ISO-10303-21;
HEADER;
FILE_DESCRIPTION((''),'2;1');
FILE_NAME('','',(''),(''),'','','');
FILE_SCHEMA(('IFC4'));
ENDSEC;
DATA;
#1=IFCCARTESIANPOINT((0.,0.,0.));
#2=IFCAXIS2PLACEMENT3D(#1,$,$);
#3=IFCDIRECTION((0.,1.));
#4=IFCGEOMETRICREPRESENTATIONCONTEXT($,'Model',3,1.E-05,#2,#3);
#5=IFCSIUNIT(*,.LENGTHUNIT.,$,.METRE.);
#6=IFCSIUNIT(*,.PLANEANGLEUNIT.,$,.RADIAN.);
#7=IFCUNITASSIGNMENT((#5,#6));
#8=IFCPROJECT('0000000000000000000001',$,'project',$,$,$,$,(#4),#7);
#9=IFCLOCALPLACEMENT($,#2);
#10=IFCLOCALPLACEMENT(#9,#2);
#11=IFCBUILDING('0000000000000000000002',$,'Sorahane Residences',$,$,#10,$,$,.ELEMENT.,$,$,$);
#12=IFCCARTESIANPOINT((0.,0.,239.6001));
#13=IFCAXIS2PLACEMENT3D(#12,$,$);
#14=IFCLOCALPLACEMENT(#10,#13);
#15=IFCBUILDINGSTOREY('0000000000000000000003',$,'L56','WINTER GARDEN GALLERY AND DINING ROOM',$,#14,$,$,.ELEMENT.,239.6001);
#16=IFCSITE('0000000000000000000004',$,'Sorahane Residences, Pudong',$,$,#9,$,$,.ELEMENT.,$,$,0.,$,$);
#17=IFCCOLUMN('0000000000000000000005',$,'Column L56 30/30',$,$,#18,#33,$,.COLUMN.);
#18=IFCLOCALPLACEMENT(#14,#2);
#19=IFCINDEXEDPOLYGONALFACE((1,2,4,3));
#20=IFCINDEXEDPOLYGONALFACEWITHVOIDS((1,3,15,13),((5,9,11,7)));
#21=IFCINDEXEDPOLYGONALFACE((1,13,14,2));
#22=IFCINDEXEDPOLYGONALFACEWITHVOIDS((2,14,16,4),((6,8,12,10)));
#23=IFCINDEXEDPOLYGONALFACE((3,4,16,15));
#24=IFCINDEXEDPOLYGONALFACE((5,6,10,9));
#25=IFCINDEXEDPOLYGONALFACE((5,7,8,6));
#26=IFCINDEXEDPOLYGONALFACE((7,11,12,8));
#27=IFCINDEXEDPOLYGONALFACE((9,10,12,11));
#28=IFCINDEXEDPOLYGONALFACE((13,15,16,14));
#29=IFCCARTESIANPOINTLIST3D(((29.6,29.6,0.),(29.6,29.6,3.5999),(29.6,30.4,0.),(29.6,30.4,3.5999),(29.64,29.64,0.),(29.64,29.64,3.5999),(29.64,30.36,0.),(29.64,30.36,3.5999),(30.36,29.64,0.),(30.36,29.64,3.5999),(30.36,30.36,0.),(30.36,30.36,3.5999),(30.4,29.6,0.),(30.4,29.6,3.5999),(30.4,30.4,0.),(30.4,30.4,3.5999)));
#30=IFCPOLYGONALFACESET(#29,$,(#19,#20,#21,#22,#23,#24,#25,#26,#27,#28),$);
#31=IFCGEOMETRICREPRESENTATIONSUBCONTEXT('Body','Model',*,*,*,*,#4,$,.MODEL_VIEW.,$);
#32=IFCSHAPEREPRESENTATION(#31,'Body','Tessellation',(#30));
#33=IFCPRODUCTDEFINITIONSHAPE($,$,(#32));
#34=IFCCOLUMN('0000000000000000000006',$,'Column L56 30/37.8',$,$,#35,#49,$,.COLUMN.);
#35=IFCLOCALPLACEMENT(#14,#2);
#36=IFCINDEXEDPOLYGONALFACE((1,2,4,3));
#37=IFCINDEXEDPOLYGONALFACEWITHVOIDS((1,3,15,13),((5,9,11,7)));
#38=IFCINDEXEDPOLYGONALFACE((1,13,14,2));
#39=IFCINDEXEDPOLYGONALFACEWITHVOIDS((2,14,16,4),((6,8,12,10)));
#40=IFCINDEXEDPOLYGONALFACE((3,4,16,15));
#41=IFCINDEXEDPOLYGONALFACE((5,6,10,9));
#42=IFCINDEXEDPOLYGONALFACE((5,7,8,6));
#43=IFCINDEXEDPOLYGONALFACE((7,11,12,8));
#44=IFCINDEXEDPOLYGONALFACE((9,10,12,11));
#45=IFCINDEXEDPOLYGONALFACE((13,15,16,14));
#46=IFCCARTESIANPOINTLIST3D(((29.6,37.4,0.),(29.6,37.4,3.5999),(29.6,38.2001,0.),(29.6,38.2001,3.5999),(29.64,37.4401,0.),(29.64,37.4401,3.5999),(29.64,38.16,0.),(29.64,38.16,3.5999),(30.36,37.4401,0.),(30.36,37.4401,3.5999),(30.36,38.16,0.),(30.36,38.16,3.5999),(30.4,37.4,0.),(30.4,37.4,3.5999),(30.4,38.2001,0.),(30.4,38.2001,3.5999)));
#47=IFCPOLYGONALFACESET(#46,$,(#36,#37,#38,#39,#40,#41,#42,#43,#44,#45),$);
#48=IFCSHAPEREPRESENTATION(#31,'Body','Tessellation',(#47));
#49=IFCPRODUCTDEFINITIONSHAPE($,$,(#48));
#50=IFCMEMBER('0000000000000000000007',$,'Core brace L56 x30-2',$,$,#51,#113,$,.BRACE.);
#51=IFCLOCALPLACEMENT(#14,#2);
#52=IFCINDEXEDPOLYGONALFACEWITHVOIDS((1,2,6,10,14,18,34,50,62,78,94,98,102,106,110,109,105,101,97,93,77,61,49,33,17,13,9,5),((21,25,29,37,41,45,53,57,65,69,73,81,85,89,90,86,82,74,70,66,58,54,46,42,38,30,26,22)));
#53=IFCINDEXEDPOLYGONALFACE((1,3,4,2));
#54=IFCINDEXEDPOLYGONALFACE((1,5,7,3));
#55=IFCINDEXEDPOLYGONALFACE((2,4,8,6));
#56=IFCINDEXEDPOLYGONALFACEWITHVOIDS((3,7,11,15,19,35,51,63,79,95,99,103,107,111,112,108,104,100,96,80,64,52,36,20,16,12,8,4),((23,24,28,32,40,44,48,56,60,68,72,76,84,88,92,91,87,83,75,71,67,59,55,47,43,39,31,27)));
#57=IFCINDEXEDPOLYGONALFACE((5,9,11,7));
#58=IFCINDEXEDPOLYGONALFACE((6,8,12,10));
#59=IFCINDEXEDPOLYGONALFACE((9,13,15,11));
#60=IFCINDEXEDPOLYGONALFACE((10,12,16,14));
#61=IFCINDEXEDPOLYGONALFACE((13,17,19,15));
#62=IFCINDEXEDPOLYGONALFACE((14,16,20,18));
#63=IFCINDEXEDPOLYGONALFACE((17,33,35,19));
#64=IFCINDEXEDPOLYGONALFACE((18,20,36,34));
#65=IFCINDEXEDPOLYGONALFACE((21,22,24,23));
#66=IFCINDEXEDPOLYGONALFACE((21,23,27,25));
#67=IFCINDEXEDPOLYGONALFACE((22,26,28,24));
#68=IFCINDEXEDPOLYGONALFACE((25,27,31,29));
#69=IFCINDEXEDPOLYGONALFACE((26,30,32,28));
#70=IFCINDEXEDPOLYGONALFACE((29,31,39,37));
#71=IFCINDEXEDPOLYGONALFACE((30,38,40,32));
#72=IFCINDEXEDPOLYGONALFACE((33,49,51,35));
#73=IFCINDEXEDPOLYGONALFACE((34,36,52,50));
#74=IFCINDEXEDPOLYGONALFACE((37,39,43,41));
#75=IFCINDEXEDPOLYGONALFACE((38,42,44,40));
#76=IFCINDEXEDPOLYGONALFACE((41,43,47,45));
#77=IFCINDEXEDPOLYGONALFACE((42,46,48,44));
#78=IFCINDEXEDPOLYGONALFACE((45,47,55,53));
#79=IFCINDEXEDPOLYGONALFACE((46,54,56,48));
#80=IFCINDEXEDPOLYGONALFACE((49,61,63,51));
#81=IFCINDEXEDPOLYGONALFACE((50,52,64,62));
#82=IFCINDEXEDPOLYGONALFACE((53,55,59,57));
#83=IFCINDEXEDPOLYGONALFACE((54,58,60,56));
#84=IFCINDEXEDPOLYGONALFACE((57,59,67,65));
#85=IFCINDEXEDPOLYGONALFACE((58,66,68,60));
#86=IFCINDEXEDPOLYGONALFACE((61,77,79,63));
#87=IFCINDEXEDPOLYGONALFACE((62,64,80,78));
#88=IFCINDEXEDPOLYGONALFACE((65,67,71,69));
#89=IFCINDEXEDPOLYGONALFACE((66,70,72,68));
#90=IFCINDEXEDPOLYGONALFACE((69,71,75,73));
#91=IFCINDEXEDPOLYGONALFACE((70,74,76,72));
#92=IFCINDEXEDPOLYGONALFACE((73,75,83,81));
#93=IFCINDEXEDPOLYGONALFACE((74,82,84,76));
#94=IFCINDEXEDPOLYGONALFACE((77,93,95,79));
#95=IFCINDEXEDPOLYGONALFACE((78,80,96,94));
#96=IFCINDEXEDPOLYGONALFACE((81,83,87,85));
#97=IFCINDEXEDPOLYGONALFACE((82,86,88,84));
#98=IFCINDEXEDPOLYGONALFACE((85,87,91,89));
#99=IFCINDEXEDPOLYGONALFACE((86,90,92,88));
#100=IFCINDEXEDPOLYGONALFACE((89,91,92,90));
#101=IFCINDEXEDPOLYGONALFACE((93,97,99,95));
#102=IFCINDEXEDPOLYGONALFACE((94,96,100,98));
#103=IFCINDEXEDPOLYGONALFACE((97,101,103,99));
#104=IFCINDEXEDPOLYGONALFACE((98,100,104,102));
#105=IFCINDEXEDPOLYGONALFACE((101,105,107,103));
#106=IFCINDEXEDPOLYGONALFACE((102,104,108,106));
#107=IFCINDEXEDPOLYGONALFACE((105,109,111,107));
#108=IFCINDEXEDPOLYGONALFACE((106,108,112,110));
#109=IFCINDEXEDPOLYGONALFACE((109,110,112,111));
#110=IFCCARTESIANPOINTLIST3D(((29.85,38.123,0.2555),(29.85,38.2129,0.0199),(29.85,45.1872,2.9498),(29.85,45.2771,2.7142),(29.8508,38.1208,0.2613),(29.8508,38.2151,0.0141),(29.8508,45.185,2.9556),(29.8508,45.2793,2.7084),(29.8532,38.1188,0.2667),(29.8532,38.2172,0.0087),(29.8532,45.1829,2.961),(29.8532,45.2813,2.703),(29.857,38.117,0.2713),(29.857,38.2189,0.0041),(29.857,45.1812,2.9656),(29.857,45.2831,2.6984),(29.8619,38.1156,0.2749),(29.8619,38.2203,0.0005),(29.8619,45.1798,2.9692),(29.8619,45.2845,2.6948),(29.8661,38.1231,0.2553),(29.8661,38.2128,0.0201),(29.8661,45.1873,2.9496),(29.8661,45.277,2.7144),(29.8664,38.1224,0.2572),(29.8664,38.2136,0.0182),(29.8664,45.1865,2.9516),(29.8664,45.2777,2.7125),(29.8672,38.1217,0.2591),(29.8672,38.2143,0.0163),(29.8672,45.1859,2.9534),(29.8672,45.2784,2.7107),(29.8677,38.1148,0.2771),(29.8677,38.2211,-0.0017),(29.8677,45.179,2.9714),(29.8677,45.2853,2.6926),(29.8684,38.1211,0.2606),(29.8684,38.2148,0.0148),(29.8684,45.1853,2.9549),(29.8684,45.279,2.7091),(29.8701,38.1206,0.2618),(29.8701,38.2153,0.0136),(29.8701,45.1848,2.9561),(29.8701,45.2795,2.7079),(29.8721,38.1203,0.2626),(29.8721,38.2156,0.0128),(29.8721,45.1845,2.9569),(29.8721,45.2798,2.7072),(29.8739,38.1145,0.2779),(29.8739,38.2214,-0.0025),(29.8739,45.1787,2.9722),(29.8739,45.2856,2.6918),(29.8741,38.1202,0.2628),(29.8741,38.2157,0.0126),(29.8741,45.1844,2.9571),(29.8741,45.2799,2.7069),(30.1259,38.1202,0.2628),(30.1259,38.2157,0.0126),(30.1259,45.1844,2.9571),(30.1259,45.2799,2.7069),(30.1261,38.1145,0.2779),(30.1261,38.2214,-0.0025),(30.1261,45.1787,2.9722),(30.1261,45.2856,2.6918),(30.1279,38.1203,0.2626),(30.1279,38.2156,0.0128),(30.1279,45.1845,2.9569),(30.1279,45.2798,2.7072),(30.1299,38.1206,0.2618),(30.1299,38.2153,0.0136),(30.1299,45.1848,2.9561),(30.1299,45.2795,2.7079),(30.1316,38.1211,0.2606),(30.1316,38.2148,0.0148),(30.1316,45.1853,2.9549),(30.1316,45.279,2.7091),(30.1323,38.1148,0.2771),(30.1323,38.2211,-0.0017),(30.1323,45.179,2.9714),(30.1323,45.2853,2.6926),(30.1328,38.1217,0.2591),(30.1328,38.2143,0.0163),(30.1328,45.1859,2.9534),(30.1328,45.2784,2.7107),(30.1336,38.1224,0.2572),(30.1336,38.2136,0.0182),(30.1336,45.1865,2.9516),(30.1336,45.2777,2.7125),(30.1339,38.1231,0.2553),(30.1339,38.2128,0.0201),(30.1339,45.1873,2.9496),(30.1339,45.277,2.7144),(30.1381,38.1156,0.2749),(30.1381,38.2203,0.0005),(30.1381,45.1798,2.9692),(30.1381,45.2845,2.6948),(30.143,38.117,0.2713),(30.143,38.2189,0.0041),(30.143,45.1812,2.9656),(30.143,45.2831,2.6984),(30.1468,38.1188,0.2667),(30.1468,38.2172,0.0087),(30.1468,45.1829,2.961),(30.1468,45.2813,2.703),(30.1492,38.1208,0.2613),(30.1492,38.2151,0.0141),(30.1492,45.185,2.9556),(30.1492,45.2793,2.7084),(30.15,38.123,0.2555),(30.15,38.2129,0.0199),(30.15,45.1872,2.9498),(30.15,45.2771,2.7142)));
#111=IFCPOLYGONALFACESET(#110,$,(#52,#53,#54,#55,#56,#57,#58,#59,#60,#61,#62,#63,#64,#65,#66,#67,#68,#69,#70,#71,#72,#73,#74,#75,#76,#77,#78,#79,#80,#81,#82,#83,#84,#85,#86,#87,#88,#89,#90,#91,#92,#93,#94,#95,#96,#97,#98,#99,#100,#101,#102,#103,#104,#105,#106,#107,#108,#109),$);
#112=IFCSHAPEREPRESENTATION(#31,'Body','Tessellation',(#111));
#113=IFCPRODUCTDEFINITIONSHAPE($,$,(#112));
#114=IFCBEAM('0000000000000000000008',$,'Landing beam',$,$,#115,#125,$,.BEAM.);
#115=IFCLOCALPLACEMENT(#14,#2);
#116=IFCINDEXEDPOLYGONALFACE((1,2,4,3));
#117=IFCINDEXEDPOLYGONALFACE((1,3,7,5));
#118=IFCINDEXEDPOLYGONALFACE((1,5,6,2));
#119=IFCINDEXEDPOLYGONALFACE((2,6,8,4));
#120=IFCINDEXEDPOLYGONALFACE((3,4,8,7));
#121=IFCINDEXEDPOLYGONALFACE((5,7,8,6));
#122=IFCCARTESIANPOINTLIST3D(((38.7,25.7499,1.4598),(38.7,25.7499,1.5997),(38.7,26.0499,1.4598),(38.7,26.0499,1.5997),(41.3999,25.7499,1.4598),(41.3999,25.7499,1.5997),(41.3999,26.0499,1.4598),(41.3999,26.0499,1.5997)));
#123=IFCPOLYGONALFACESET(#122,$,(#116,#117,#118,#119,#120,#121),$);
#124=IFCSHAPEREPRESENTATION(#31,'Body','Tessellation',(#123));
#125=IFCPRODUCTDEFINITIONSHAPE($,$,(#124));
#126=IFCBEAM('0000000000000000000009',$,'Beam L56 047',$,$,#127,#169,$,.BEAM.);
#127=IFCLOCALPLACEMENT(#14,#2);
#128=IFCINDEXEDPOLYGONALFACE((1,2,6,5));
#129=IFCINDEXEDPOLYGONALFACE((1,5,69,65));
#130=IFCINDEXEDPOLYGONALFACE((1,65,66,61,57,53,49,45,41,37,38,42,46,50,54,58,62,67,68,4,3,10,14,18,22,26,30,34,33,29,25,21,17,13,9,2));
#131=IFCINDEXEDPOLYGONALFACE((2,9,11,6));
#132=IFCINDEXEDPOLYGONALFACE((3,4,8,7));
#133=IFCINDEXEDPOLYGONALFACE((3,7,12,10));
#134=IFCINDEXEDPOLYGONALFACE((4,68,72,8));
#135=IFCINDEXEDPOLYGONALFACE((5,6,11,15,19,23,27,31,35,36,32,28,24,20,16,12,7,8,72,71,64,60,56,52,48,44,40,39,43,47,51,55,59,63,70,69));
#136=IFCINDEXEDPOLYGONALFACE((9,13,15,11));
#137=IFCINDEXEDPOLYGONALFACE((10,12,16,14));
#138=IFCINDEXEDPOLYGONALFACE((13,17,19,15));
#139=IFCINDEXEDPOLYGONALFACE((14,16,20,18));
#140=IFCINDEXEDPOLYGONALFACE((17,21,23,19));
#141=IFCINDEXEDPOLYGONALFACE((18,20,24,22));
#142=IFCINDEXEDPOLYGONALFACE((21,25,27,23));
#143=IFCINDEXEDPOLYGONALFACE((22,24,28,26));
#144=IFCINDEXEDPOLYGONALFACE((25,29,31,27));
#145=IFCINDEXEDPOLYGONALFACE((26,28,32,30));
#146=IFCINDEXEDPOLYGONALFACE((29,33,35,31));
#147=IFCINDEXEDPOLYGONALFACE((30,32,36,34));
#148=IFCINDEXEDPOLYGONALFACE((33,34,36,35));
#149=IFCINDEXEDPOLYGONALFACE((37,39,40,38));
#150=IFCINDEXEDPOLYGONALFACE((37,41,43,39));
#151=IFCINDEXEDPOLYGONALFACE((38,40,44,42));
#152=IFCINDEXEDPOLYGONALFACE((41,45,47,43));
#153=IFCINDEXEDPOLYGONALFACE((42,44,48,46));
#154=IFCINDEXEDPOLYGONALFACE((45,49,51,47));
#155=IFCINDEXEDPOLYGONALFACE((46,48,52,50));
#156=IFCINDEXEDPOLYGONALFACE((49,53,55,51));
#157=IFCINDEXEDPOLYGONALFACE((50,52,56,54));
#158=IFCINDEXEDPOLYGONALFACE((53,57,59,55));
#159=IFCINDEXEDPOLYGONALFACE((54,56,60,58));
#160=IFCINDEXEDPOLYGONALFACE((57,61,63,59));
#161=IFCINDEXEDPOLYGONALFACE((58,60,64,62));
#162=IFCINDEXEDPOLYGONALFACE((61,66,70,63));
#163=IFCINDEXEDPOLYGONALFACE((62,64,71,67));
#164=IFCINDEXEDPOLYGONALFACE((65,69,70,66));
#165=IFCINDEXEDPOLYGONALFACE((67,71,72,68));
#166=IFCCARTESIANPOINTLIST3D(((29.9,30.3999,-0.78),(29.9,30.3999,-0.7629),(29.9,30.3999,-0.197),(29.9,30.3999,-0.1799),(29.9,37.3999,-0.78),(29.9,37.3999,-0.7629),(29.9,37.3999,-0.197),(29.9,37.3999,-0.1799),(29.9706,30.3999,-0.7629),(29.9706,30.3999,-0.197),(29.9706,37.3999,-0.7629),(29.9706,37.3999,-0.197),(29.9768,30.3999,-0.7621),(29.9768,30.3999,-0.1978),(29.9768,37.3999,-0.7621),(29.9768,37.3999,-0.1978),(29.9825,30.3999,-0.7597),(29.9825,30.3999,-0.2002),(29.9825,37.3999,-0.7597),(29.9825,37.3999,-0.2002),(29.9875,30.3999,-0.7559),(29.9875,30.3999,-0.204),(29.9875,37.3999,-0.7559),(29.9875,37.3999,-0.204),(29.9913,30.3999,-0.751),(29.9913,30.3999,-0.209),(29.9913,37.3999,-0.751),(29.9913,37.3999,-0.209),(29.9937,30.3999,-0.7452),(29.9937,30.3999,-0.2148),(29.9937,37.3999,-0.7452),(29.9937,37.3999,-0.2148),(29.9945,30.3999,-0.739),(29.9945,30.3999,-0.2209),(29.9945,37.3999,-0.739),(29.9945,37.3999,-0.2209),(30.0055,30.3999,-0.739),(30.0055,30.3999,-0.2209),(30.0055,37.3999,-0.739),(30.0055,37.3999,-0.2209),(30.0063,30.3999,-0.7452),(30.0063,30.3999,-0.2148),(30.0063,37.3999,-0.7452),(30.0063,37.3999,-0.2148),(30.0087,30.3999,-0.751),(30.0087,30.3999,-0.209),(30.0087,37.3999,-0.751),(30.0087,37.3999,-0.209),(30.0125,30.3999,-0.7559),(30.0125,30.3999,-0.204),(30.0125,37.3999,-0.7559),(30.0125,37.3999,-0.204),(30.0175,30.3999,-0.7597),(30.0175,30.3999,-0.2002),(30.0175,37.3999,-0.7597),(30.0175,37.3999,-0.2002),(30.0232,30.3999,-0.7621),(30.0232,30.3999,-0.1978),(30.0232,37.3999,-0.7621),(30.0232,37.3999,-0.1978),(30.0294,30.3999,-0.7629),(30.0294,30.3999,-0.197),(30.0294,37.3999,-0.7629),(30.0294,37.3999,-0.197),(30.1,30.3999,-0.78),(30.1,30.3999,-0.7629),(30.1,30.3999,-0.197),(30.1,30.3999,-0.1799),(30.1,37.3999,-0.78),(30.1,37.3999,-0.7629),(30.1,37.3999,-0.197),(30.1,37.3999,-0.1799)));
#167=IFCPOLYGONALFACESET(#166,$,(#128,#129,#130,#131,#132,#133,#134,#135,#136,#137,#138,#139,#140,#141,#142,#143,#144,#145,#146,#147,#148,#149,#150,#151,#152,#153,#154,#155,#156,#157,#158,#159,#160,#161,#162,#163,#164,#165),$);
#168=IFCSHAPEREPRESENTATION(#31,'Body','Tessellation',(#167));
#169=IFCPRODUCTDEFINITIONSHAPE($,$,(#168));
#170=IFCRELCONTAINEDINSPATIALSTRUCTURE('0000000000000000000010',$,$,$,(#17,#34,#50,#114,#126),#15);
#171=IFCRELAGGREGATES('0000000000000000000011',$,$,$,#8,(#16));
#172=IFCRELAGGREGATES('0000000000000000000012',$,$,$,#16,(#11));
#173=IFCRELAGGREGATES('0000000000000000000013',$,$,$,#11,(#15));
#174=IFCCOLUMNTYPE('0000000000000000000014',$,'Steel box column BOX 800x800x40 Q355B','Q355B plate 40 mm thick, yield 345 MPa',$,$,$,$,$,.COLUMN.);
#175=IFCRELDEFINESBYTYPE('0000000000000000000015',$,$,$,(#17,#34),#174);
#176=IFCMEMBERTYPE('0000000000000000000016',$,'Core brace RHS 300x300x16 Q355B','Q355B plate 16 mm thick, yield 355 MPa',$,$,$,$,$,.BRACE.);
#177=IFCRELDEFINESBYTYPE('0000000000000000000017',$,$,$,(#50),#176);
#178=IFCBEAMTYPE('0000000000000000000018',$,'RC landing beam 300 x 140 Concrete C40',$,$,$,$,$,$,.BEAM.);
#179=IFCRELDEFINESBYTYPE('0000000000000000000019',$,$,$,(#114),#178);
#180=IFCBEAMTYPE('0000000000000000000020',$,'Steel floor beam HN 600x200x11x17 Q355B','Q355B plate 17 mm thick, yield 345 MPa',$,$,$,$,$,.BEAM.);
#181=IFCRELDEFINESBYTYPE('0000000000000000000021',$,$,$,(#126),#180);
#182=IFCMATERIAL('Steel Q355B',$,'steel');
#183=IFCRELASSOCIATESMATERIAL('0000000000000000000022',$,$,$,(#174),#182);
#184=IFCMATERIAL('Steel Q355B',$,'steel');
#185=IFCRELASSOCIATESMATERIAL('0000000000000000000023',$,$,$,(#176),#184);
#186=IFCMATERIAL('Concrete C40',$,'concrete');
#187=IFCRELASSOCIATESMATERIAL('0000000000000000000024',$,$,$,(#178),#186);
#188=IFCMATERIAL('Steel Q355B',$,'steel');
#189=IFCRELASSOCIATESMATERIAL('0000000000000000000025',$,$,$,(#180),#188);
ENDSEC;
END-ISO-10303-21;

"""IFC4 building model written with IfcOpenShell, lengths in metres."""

from ifc_helpers import new_model, si_unit, direction, frame, origin, origin_2d, place, context, subcontext, project, spatial, rectangle, hollow_rectangle, i_section, extrude, material, material_profile, profile_set, type_object, element, save


model = new_model("IFC4")

# Units and contexts
model_context = context("Model", 3, precision=1e-05, world=origin(), true_north=direction((0.0, 1.0)))
body_context = subcontext(model_context, "Body", "Model", "MODEL_VIEW")
ifc_project = project(units=[si_unit("LENGTHUNIT", "METRE"), si_unit("PLANEANGLEUNIT", "RADIAN")], contexts=[model_context])

# Site, building, storey
site_placement = place(None, origin())
site = spatial("IfcSite", under=ifc_project, at=site_placement, Name="Sorahane Residences, Pudong", CompositionType="ELEMENT", RefElevation=0.0)
building_placement = place(site_placement, origin())
building = spatial("IfcBuilding", under=site, at=building_placement, Name="Sorahane Residences", CompositionType="ELEMENT")
storey_placement = place(building_placement, frame((0.0, 0.0, 239.6001)))
storey = spatial("IfcBuildingStorey", under=building, at=storey_placement, Name="L56", Description="WINTER GARDEN GALLERY AND DINING ROOM", CompositionType="ELEMENT", Elevation=239.6001)

# Columns
ifc_material_1 = material(Name="Steel Q355B", Category="steel")
ifc_material_profile_1 = material_profile(ifc_material_1, hollow_rectangle(XDim=0.8, YDim=0.8, WallThickness=0.04, at=origin_2d()), Name="BOX 800x800x40")
ifc_profile_set_1 = profile_set([ifc_material_profile_1], Name="Steel Q355B")
column_type = type_object("IfcColumnType", Name="Steel box column BOX 800x800x40 Q355B", Description="Q355B plate 40 mm thick, yield 345 MPa", PredefinedType="COLUMN", material=ifc_profile_set_1)
for number, where, z_axis, x_axis, name in (
    (1, (30.0, 30.0, 0.0), (0.0, 0.0, 1.0), (1.0, 0.0, 0.0), "Column L56 30/30"),
    (2, (30.0, 37.8, 0.0), (0.0, 0.0, 1.0), (1.0, 0.0, 0.0), "Column L56 30/37.8"),
):
    element("IfcColumn", number, at=place(storey_placement, frame(where, z_axis=z_axis, x_axis=x_axis)), inside=storey, type_object=column_type, Name=name, PredefinedType="COLUMN", context=body_context, shape_type="SweptSolid", body=[
        extrude(hollow_rectangle(XDim=0.8, YDim=0.8, WallThickness=0.04, at=origin_2d()), origin(), (0.0, 0.0, 1.0), 3.5999),
    ])

# Member
ifc_material_2 = material(Name="Steel Q355B", Category="steel")
ifc_material_profile_2 = material_profile(ifc_material_2, hollow_rectangle(XDim=0.3, YDim=0.3, WallThickness=0.0161, InnerFilletRadius=0.0081, OuterFilletRadius=0.0239, at=origin_2d()), Name="RHS 300x300x16")
ifc_profile_set_2 = profile_set([ifc_material_profile_2], Name="Steel Q355B")
member_type = type_object("IfcMemberType", Name="Core brace RHS 300x300x16 Q355B", Description="Q355B plate 16 mm thick, yield 355 MPa", PredefinedType="BRACE", material=ifc_profile_set_2)
member_placement = place(storey_placement, frame((30.0, 38.168, 0.1377), z_axis=(0.0, 0.934346, 0.356366), x_axis=(-1.0, 0.0, 0.0)))
element("IfcMember", 3, at=member_placement, inside=storey, type_object=member_type, Name="Core brace L56 x30-2", PredefinedType="BRACE", context=body_context, shape_type="SweptSolid", body=[
    extrude(hollow_rectangle(XDim=0.3, YDim=0.3, WallThickness=0.0161, InnerFilletRadius=0.0081, OuterFilletRadius=0.0239, at=origin_2d()), origin(), (0.0, 0.0, 1.0), 7.5605),
])

# Beams
ifc_material_3 = material(Name="Concrete C40", Category="concrete")
ifc_material_profile_3 = material_profile(ifc_material_3, rectangle(XDim=0.3, YDim=0.1399, at=origin_2d()), Name="300x140")
ifc_profile_set_3 = profile_set([ifc_material_profile_3], Name="Concrete C40")
beam_type_1 = type_object("IfcBeamType", Name="RC landing beam 300 x 140 Concrete C40", PredefinedType="BEAM", material=ifc_profile_set_3)
beam_placement = place(storey_placement, frame((38.7, 25.8999, 1.5298), z_axis=(1.0, 0.0, 0.0), x_axis=(0.0, 1.0, 0.0)))
element("IfcBeam", 4, at=beam_placement, inside=storey, type_object=beam_type_1, Name="Landing beam", PredefinedType="BEAM", context=body_context, shape_type="SweptSolid", body=[
    extrude(rectangle(XDim=0.3, YDim=0.1399, at=origin_2d()), origin(), (0.0, 0.0, 1.0), 2.7),
])
ifc_material_4 = material(Name="Steel Q355B", Category="steel")
ifc_material_profile_4 = material_profile(ifc_material_4, i_section(OverallWidth=0.2, OverallDepth=0.6001, WebThickness=0.011, FlangeThickness=0.0171, FilletRadius=0.0239, at=origin_2d()), Name="HN 600x200x11x17")
ifc_profile_set_4 = profile_set([ifc_material_profile_4], Name="Steel Q355B")
beam_type_2 = type_object("IfcBeamType", Name="Steel floor beam HN 600x200x11x17 Q355B", Description="Q355B plate 17 mm thick, yield 345 MPa", PredefinedType="BEAM", material=ifc_profile_set_4)
for number, where, z_axis, x_axis, name in (
    (5, (30.0, 30.3999, -0.48), (0.0, 1.0, 0.0), (-1.0, 0.0, 0.0), "Beam L56 047"),
):
    element("IfcBeam", number, at=place(storey_placement, frame(where, z_axis=z_axis, x_axis=x_axis)), inside=storey, type_object=beam_type_2, Name=name, PredefinedType="BEAM", context=body_context, shape_type="SweptSolid", body=[
        extrude(i_section(OverallWidth=0.2, OverallDepth=0.6001, WebThickness=0.011, FlangeThickness=0.0171, FilletRadius=0.0239, at=origin_2d()), origin(), (0.0, 0.0, 1.0), 7.0),
    ])

save(model, "model.ifc")
